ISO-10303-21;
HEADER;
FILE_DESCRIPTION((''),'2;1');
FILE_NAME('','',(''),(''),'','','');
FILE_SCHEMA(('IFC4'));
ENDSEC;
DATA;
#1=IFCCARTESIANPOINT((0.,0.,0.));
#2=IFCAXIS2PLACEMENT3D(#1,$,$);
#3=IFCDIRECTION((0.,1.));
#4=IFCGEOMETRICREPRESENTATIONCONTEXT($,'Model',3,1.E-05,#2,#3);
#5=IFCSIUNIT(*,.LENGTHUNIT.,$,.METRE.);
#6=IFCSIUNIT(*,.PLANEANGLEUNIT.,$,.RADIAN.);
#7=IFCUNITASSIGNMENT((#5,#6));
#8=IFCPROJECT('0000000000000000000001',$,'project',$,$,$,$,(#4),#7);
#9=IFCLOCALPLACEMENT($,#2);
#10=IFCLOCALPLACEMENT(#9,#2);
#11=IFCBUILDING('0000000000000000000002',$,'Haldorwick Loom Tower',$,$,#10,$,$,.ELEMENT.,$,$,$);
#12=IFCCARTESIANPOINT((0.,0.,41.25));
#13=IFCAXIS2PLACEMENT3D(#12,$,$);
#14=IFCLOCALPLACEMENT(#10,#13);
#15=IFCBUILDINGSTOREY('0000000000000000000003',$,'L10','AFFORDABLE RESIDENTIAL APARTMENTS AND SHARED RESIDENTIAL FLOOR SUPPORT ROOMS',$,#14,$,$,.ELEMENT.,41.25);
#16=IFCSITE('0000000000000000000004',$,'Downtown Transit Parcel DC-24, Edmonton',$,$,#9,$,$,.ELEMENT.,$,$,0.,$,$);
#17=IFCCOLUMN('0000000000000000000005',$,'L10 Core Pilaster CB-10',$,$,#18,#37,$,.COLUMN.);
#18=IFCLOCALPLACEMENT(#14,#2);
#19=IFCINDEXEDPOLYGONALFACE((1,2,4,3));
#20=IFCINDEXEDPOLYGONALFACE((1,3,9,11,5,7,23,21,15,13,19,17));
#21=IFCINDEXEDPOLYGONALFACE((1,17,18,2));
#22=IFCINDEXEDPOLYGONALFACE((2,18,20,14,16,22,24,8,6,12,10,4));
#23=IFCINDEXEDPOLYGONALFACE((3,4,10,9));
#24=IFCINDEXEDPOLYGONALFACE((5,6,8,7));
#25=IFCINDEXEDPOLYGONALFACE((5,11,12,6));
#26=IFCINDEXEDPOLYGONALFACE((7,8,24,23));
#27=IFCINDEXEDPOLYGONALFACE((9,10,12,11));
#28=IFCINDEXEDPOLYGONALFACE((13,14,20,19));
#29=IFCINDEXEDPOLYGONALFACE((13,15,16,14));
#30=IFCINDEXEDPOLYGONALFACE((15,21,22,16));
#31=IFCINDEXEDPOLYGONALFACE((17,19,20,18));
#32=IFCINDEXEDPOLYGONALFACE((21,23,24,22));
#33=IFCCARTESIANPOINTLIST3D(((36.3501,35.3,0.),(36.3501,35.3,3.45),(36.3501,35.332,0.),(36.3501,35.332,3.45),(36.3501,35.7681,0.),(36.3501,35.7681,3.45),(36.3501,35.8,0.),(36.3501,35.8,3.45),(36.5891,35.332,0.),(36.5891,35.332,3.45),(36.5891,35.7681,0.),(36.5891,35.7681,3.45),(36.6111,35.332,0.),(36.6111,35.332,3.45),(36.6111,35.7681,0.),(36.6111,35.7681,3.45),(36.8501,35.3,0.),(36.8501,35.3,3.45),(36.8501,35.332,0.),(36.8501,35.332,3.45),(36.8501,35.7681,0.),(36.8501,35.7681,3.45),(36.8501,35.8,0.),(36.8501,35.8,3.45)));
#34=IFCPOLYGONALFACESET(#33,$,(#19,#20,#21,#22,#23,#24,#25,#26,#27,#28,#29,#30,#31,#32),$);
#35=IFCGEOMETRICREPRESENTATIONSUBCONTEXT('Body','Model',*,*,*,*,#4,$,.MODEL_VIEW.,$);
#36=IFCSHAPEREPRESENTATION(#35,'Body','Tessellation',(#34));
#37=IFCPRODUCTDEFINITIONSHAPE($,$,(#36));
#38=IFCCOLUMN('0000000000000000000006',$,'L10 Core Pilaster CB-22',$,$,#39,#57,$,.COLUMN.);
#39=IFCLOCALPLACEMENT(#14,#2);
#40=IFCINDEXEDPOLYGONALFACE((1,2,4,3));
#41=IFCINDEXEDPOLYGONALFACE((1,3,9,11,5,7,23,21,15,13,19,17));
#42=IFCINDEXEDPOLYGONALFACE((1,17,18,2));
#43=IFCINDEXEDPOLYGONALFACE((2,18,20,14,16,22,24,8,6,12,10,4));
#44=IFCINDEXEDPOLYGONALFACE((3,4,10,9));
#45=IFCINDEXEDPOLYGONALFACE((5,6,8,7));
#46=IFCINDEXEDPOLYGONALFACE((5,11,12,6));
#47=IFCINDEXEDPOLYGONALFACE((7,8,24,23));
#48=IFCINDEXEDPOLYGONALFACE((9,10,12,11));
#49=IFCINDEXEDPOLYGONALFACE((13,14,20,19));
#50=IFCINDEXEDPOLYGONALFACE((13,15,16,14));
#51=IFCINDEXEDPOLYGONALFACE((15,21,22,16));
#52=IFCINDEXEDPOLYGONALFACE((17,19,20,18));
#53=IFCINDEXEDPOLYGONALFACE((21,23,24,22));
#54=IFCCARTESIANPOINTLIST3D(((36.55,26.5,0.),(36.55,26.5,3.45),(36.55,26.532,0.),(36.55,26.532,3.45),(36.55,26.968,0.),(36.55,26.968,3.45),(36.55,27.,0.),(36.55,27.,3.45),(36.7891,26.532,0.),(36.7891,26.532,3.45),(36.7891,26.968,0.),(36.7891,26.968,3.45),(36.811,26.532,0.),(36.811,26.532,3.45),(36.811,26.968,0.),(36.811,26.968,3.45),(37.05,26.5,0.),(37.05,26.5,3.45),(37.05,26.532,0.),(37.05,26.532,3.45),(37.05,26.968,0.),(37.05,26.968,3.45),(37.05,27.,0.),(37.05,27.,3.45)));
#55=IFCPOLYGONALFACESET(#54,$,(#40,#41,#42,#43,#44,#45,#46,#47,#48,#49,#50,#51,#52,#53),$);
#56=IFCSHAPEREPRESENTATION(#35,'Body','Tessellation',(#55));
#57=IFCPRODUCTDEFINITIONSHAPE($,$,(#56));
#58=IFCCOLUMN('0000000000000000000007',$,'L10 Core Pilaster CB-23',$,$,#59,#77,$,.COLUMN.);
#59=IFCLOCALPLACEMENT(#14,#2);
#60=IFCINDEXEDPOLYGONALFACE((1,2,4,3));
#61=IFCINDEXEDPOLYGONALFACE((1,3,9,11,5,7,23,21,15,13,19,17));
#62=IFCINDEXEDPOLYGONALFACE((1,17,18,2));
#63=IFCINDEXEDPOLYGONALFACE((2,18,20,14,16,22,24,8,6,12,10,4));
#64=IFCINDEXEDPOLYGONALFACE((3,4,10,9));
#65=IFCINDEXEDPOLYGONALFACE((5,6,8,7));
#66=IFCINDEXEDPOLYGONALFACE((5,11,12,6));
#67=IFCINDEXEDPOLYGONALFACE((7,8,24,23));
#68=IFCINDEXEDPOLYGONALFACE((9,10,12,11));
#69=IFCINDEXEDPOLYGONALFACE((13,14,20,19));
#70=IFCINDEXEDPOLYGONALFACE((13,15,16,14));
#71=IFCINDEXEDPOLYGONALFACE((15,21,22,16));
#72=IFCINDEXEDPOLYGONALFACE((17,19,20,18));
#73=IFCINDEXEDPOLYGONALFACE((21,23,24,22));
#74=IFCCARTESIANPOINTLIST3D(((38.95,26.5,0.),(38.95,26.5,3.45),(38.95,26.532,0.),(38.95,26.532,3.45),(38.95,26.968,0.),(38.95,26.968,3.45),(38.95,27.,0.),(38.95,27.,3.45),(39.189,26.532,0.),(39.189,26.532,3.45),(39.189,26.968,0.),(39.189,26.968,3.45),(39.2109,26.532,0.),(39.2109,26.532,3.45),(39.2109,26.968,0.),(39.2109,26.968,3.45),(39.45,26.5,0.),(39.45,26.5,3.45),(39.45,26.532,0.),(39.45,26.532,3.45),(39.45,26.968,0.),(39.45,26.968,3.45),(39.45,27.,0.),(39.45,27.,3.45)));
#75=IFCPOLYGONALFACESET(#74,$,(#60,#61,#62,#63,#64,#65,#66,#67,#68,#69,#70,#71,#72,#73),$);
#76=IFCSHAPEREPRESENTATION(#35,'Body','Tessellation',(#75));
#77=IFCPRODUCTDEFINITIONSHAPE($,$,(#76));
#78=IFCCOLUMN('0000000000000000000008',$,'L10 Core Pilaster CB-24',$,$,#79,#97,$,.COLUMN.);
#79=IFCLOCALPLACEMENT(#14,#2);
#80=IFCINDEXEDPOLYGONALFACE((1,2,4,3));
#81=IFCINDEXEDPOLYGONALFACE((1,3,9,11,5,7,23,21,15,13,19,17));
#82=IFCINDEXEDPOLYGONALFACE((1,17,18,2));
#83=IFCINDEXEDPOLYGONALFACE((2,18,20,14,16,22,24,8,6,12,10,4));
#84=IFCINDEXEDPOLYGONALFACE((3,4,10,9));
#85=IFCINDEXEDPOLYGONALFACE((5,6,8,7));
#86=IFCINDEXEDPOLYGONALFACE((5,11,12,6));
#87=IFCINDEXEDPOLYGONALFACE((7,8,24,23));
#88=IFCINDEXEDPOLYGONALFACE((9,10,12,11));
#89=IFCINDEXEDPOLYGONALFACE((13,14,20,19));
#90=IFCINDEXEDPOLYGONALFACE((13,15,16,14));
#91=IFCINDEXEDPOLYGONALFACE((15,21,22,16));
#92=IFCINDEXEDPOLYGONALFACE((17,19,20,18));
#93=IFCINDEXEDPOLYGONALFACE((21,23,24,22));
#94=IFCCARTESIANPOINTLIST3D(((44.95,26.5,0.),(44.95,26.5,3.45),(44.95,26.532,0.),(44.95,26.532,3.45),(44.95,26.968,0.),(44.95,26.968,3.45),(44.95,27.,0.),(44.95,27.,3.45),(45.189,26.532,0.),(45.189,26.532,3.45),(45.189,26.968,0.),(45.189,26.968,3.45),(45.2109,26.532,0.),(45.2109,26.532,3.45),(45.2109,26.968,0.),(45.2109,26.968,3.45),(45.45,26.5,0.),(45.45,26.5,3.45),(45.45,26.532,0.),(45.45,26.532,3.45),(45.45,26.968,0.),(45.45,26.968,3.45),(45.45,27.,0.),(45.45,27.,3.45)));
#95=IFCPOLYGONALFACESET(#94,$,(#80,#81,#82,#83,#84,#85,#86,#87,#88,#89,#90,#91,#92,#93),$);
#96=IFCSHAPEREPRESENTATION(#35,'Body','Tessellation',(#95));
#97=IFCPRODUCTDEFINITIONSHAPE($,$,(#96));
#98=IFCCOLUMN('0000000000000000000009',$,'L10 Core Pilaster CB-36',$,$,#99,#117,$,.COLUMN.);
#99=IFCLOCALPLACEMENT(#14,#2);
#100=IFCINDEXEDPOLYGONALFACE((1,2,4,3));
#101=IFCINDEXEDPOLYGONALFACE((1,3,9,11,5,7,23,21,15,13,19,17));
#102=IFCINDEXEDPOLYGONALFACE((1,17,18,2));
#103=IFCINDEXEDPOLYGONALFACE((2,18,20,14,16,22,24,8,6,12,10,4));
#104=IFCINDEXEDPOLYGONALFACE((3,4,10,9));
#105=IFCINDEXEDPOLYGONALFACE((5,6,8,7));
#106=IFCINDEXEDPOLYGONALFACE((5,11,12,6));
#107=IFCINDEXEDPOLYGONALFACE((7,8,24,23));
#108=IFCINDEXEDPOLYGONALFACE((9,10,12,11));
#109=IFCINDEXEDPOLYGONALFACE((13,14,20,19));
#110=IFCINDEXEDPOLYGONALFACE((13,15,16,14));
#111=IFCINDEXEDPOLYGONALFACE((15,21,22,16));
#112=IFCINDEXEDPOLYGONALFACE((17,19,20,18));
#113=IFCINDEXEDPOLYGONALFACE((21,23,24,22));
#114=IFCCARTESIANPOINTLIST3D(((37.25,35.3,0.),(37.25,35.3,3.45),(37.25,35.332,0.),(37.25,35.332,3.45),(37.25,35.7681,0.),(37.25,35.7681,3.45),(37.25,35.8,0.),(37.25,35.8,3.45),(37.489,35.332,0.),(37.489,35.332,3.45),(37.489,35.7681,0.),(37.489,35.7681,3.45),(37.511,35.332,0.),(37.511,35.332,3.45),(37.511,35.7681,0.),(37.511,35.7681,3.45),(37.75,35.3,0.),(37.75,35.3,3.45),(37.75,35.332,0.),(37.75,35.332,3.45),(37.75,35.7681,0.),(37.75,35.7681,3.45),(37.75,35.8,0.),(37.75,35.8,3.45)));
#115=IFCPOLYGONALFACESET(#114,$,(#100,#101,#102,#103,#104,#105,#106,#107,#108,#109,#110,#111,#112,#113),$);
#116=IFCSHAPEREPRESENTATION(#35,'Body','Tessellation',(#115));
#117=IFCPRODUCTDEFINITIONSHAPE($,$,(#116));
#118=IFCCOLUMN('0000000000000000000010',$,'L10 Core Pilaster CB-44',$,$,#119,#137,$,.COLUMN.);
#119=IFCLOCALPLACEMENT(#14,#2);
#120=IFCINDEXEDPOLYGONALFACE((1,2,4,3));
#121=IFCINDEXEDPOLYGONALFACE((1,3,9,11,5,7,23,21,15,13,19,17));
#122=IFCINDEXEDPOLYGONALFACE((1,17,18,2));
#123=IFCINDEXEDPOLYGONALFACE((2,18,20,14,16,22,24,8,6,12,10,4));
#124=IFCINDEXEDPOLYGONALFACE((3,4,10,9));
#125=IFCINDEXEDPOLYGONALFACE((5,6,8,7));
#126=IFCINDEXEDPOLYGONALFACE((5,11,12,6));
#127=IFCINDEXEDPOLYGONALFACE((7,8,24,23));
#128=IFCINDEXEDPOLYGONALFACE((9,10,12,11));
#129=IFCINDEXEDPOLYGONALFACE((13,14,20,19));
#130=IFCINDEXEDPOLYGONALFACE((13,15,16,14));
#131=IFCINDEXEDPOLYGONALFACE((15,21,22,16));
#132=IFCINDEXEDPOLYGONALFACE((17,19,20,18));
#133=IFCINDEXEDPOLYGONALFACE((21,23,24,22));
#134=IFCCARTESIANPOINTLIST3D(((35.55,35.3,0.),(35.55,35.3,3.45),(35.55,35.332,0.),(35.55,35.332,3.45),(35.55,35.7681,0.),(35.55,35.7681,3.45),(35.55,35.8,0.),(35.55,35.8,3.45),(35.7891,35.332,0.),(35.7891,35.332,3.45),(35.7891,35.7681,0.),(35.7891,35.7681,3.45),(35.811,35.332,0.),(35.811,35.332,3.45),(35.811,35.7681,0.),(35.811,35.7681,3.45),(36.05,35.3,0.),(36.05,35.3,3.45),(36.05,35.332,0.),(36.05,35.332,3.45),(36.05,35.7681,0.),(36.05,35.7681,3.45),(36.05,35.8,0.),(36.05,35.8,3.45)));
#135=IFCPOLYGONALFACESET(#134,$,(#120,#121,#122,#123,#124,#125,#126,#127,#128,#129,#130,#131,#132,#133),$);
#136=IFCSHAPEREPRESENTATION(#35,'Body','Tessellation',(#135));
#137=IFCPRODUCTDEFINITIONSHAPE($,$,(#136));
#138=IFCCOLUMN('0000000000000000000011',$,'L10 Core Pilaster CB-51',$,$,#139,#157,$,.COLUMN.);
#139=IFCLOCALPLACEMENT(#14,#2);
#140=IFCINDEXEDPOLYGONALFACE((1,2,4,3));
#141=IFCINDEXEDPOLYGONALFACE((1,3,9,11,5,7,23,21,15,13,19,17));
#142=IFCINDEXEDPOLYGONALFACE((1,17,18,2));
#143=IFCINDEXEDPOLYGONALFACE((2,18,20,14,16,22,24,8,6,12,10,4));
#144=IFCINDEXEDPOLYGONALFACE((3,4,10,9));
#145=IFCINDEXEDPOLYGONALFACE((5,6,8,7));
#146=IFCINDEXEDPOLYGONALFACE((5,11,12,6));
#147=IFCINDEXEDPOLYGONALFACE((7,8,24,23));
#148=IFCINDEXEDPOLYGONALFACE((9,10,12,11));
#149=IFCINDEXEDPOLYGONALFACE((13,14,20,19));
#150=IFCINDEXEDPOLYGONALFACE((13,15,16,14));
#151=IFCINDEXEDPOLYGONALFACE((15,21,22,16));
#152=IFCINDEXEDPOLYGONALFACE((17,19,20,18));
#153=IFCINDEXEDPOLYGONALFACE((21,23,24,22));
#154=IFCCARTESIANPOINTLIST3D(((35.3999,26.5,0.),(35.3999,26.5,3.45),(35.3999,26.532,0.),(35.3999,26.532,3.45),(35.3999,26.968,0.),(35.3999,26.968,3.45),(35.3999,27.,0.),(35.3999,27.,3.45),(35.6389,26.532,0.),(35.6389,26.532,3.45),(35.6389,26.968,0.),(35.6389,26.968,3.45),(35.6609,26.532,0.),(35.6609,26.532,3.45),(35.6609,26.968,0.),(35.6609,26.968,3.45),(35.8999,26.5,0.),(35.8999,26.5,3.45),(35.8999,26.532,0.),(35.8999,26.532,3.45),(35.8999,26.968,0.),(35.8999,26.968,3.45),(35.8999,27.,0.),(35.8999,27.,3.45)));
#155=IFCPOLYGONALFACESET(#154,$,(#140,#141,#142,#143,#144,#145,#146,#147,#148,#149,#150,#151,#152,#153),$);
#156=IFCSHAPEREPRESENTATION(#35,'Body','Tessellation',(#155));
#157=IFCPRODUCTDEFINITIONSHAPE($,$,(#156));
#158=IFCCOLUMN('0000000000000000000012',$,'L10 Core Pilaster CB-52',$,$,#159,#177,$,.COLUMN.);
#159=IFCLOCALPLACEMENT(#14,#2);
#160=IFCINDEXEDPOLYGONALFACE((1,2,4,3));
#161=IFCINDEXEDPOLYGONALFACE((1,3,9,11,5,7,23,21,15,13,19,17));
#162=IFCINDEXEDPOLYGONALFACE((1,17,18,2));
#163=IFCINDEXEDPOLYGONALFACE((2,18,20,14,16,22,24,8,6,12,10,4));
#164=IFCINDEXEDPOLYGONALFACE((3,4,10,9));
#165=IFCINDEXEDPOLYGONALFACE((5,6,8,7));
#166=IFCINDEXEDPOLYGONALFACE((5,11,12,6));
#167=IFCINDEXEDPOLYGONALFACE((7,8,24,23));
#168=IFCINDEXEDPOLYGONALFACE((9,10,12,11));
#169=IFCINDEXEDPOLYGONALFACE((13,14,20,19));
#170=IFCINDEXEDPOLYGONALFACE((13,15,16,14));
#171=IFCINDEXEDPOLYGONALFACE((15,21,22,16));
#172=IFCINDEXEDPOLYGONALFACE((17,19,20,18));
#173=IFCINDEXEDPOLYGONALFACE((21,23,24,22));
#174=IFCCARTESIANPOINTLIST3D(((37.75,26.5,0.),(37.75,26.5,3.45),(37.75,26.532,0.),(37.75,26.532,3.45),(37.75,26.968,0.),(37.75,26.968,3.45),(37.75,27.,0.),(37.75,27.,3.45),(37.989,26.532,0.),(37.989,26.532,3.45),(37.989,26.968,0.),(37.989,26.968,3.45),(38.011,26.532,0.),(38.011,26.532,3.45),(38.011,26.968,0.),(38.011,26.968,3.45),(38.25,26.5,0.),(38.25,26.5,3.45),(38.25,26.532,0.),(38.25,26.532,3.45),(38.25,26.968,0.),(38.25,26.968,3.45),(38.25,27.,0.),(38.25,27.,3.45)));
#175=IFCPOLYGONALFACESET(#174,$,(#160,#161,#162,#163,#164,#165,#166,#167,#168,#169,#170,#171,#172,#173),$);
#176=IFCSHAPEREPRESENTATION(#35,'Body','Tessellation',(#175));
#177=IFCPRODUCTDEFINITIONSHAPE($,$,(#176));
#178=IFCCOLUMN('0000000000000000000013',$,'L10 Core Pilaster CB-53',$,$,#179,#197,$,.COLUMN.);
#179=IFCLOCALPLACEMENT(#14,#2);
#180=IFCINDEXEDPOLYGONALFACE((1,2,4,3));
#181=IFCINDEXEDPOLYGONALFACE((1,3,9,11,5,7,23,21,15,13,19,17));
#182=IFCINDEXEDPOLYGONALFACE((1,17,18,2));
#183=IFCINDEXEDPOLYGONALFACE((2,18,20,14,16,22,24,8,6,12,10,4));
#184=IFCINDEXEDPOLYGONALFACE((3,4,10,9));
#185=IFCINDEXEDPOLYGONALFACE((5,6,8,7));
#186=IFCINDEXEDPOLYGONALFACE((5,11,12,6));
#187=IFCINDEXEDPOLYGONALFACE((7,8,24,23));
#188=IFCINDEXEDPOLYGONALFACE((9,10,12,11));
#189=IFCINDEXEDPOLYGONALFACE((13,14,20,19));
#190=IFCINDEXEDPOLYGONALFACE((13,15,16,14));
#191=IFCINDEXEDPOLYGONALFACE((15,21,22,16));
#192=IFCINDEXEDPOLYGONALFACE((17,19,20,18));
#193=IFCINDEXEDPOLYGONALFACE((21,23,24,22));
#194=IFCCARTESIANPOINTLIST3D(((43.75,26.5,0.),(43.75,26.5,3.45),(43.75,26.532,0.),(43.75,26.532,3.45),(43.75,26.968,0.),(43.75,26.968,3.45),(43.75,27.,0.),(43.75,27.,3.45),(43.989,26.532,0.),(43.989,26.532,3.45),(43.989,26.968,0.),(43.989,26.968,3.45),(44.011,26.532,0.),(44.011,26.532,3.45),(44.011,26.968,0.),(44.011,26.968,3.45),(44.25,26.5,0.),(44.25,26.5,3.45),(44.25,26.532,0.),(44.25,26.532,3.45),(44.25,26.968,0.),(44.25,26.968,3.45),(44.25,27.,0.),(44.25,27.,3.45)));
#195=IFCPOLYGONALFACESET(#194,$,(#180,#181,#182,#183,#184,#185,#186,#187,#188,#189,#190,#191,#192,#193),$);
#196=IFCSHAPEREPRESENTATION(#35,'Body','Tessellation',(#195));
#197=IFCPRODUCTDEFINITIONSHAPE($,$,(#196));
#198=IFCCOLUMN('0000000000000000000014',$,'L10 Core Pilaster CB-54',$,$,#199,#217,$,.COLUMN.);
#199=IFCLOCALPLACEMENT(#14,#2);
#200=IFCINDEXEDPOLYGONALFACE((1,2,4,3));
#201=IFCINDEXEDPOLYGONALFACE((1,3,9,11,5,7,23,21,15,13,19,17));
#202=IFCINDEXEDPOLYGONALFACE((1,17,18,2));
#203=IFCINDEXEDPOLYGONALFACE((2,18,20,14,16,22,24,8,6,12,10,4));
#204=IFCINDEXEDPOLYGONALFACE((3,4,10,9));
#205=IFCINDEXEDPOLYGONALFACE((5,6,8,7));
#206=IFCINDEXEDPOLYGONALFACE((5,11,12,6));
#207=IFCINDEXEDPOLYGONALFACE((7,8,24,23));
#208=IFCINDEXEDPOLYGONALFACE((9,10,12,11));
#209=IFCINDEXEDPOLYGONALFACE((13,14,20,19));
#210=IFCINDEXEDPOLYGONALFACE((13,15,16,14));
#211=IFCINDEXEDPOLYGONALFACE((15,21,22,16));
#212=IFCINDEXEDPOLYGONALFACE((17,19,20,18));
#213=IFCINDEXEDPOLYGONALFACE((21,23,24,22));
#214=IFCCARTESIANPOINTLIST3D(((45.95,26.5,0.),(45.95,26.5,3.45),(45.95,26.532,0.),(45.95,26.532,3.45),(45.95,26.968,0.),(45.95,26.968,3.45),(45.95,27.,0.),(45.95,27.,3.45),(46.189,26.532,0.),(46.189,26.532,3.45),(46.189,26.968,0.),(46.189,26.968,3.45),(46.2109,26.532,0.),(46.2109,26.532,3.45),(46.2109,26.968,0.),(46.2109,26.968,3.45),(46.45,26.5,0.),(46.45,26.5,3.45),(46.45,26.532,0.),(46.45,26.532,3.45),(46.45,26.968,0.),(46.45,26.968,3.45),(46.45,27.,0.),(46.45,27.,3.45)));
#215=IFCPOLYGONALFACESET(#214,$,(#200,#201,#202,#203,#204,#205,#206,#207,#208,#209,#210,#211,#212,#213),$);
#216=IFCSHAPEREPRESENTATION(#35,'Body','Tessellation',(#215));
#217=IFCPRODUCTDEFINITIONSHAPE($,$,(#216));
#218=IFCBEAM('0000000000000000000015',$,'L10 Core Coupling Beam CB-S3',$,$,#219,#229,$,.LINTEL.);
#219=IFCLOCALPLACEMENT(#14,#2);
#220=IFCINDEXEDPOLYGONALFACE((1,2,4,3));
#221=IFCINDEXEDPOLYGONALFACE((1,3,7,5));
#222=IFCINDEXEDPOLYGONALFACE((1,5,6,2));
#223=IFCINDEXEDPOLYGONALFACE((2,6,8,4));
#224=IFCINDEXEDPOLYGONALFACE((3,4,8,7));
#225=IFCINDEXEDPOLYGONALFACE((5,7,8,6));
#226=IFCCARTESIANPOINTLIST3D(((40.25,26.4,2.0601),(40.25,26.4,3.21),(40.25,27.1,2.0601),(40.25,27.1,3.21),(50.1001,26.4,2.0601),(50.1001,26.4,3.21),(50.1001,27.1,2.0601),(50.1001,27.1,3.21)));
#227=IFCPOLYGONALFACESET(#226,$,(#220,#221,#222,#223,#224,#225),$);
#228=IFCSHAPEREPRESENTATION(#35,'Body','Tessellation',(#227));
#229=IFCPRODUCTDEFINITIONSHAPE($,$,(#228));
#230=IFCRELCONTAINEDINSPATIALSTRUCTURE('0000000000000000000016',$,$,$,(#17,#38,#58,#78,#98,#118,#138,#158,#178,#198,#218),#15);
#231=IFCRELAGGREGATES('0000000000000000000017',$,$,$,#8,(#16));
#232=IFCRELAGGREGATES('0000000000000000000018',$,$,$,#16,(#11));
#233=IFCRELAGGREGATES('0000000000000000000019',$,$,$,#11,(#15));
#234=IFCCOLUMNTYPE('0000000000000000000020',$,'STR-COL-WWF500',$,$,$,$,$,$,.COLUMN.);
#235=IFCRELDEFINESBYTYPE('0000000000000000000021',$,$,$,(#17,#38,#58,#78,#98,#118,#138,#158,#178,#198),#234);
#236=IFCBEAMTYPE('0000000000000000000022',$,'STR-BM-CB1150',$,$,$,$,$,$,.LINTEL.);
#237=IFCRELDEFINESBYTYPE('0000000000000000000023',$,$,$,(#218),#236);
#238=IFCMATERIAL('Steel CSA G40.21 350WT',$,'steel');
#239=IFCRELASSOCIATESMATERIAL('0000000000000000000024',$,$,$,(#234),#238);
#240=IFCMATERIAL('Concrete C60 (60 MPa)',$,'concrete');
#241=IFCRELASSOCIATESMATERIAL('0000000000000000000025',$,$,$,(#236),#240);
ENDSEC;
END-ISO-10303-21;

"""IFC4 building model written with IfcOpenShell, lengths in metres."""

from ifc_helpers import new_model, si_unit, direction, frame, origin, origin_2d, place, context, subcontext, project, spatial, rectangle, i_section, extrude, material, material_profile, profile_set, type_object, element, save


model = new_model("IFC4")

# Units and contexts
model_context = context("Model", 3, precision=1e-05, world=origin(), true_north=direction((0.0, 1.0)))
body_context = subcontext(model_context, "Body", "Model", "MODEL_VIEW")
ifc_project = project(units=[si_unit("LENGTHUNIT", "METRE"), si_unit("PLANEANGLEUNIT", "RADIAN")], contexts=[model_context])

# Site, building, storey
site_placement = place(None, origin())
site = spatial("IfcSite", under=ifc_project, at=site_placement, Name="Downtown Transit Parcel DC-24, Edmonton", CompositionType="ELEMENT", RefElevation=0.0)
building_placement = place(site_placement, origin())
building = spatial("IfcBuilding", under=site, at=building_placement, Name="Haldorwick Loom Tower", CompositionType="ELEMENT")
storey_placement = place(building_placement, frame((0.0, 0.0, 41.25)))
storey = spatial("IfcBuildingStorey", under=building, at=storey_placement, Name="L10", Description="AFFORDABLE RESIDENTIAL APARTMENTS AND SHARED RESIDENTIAL FLOOR SUPPORT ROOMS", CompositionType="ELEMENT", Elevation=41.25)

# Columns
ifc_material_1 = material(Name="Steel CSA G40.21 350WT", Category="steel")
ifc_material_profile_1 = material_profile(ifc_material_1, i_section(OverallWidth=0.5, OverallDepth=0.5, WebThickness=0.022, FlangeThickness=0.032, at=origin_2d()), Name="WWF500X500", Category="steel")
ifc_profile_set_1 = profile_set([ifc_material_profile_1], Name="Steel CSA G40.21 350WT")
column_type = type_object("IfcColumnType", Name="STR-COL-WWF500", PredefinedType="COLUMN", material=ifc_profile_set_1)
for number, where, z_axis, x_axis, name in (
    (1, (36.6001, 35.55, 0.0), (0.0, 0.0, 1.0), (1.0, 0.0, 0.0), "L10 Core Pilaster CB-10"),
    (2, (36.8, 26.75, 0.0), (0.0, 0.0, 1.0), (1.0, 0.0, 0.0), "L10 Core Pilaster CB-22"),
    (3, (39.2, 26.75, 0.0), (0.0, 0.0, 1.0), (1.0, 0.0, 0.0), "L10 Core Pilaster CB-23"),
    (4, (45.2, 26.75, 0.0), (0.0, 0.0, 1.0), (1.0, 0.0, 0.0), "L10 Core Pilaster CB-24"),
    (5, (37.5, 35.55, 0.0), (0.0, 0.0, 1.0), (1.0, 0.0, 0.0), "L10 Core Pilaster CB-36"),
    (6, (35.8, 35.55, 0.0), (0.0, 0.0, 1.0), (1.0, 0.0, 0.0), "L10 Core Pilaster CB-44"),
    (7, (35.6499, 26.75, 0.0), (0.0, 0.0, 1.0), (1.0, 0.0, 0.0), "L10 Core Pilaster CB-51"),
    (8, (38.0, 26.75, 0.0), (0.0, 0.0, 1.0), (1.0, 0.0, 0.0), "L10 Core Pilaster CB-52"),
    (9, (44.0, 26.75, 0.0), (0.0, 0.0, 1.0), (1.0, 0.0, 0.0), "L10 Core Pilaster CB-53"),
    (10, (46.2, 26.75, 0.0), (0.0, 0.0, 1.0), (1.0, 0.0, 0.0), "L10 Core Pilaster CB-54"),
):
    element("IfcColumn", number, at=place(storey_placement, frame(where, z_axis=z_axis, x_axis=x_axis)), inside=storey, type_object=column_type, Name=name, PredefinedType="COLUMN", context=body_context, shape_type="SweptSolid", body=[
        extrude(i_section(OverallWidth=0.5, OverallDepth=0.5, WebThickness=0.022, FlangeThickness=0.032, at=origin_2d()), origin(), (0.0, 0.0, 1.0), 3.45),
    ])

# Beam
ifc_material_2 = material(Name="Concrete C60 (60 MPa)", Category="concrete")
ifc_material_profile_2 = material_profile(ifc_material_2, rectangle(XDim=0.7, YDim=1.1499, at=origin_2d()), Name="RC700X1150", Category="concrete")
ifc_profile_set_2 = profile_set([ifc_material_profile_2], Name="Concrete C60 (60 MPa)")
beam_type_1 = type_object("IfcBeamType", Name="STR-BM-CB1150", PredefinedType="LINTEL", material=ifc_profile_set_2)
beam_1_placement = place(storey_placement, frame((40.25, 26.75, 2.635), z_axis=(1.0, 0.0, 0.0), x_axis=(0.0, 1.0, 0.0)))
element("IfcBeam", 11, at=beam_1_placement, inside=storey, type_object=beam_type_1, Name="L10 Core Coupling Beam CB-S3", PredefinedType="LINTEL", context=body_context, shape_type="SweptSolid", body=[
    extrude(rectangle(XDim=0.7, YDim=1.1499, at=origin_2d()), origin(), (0.0, 0.0, 1.0), 9.8501),
])

save(model, "model.ifc")
